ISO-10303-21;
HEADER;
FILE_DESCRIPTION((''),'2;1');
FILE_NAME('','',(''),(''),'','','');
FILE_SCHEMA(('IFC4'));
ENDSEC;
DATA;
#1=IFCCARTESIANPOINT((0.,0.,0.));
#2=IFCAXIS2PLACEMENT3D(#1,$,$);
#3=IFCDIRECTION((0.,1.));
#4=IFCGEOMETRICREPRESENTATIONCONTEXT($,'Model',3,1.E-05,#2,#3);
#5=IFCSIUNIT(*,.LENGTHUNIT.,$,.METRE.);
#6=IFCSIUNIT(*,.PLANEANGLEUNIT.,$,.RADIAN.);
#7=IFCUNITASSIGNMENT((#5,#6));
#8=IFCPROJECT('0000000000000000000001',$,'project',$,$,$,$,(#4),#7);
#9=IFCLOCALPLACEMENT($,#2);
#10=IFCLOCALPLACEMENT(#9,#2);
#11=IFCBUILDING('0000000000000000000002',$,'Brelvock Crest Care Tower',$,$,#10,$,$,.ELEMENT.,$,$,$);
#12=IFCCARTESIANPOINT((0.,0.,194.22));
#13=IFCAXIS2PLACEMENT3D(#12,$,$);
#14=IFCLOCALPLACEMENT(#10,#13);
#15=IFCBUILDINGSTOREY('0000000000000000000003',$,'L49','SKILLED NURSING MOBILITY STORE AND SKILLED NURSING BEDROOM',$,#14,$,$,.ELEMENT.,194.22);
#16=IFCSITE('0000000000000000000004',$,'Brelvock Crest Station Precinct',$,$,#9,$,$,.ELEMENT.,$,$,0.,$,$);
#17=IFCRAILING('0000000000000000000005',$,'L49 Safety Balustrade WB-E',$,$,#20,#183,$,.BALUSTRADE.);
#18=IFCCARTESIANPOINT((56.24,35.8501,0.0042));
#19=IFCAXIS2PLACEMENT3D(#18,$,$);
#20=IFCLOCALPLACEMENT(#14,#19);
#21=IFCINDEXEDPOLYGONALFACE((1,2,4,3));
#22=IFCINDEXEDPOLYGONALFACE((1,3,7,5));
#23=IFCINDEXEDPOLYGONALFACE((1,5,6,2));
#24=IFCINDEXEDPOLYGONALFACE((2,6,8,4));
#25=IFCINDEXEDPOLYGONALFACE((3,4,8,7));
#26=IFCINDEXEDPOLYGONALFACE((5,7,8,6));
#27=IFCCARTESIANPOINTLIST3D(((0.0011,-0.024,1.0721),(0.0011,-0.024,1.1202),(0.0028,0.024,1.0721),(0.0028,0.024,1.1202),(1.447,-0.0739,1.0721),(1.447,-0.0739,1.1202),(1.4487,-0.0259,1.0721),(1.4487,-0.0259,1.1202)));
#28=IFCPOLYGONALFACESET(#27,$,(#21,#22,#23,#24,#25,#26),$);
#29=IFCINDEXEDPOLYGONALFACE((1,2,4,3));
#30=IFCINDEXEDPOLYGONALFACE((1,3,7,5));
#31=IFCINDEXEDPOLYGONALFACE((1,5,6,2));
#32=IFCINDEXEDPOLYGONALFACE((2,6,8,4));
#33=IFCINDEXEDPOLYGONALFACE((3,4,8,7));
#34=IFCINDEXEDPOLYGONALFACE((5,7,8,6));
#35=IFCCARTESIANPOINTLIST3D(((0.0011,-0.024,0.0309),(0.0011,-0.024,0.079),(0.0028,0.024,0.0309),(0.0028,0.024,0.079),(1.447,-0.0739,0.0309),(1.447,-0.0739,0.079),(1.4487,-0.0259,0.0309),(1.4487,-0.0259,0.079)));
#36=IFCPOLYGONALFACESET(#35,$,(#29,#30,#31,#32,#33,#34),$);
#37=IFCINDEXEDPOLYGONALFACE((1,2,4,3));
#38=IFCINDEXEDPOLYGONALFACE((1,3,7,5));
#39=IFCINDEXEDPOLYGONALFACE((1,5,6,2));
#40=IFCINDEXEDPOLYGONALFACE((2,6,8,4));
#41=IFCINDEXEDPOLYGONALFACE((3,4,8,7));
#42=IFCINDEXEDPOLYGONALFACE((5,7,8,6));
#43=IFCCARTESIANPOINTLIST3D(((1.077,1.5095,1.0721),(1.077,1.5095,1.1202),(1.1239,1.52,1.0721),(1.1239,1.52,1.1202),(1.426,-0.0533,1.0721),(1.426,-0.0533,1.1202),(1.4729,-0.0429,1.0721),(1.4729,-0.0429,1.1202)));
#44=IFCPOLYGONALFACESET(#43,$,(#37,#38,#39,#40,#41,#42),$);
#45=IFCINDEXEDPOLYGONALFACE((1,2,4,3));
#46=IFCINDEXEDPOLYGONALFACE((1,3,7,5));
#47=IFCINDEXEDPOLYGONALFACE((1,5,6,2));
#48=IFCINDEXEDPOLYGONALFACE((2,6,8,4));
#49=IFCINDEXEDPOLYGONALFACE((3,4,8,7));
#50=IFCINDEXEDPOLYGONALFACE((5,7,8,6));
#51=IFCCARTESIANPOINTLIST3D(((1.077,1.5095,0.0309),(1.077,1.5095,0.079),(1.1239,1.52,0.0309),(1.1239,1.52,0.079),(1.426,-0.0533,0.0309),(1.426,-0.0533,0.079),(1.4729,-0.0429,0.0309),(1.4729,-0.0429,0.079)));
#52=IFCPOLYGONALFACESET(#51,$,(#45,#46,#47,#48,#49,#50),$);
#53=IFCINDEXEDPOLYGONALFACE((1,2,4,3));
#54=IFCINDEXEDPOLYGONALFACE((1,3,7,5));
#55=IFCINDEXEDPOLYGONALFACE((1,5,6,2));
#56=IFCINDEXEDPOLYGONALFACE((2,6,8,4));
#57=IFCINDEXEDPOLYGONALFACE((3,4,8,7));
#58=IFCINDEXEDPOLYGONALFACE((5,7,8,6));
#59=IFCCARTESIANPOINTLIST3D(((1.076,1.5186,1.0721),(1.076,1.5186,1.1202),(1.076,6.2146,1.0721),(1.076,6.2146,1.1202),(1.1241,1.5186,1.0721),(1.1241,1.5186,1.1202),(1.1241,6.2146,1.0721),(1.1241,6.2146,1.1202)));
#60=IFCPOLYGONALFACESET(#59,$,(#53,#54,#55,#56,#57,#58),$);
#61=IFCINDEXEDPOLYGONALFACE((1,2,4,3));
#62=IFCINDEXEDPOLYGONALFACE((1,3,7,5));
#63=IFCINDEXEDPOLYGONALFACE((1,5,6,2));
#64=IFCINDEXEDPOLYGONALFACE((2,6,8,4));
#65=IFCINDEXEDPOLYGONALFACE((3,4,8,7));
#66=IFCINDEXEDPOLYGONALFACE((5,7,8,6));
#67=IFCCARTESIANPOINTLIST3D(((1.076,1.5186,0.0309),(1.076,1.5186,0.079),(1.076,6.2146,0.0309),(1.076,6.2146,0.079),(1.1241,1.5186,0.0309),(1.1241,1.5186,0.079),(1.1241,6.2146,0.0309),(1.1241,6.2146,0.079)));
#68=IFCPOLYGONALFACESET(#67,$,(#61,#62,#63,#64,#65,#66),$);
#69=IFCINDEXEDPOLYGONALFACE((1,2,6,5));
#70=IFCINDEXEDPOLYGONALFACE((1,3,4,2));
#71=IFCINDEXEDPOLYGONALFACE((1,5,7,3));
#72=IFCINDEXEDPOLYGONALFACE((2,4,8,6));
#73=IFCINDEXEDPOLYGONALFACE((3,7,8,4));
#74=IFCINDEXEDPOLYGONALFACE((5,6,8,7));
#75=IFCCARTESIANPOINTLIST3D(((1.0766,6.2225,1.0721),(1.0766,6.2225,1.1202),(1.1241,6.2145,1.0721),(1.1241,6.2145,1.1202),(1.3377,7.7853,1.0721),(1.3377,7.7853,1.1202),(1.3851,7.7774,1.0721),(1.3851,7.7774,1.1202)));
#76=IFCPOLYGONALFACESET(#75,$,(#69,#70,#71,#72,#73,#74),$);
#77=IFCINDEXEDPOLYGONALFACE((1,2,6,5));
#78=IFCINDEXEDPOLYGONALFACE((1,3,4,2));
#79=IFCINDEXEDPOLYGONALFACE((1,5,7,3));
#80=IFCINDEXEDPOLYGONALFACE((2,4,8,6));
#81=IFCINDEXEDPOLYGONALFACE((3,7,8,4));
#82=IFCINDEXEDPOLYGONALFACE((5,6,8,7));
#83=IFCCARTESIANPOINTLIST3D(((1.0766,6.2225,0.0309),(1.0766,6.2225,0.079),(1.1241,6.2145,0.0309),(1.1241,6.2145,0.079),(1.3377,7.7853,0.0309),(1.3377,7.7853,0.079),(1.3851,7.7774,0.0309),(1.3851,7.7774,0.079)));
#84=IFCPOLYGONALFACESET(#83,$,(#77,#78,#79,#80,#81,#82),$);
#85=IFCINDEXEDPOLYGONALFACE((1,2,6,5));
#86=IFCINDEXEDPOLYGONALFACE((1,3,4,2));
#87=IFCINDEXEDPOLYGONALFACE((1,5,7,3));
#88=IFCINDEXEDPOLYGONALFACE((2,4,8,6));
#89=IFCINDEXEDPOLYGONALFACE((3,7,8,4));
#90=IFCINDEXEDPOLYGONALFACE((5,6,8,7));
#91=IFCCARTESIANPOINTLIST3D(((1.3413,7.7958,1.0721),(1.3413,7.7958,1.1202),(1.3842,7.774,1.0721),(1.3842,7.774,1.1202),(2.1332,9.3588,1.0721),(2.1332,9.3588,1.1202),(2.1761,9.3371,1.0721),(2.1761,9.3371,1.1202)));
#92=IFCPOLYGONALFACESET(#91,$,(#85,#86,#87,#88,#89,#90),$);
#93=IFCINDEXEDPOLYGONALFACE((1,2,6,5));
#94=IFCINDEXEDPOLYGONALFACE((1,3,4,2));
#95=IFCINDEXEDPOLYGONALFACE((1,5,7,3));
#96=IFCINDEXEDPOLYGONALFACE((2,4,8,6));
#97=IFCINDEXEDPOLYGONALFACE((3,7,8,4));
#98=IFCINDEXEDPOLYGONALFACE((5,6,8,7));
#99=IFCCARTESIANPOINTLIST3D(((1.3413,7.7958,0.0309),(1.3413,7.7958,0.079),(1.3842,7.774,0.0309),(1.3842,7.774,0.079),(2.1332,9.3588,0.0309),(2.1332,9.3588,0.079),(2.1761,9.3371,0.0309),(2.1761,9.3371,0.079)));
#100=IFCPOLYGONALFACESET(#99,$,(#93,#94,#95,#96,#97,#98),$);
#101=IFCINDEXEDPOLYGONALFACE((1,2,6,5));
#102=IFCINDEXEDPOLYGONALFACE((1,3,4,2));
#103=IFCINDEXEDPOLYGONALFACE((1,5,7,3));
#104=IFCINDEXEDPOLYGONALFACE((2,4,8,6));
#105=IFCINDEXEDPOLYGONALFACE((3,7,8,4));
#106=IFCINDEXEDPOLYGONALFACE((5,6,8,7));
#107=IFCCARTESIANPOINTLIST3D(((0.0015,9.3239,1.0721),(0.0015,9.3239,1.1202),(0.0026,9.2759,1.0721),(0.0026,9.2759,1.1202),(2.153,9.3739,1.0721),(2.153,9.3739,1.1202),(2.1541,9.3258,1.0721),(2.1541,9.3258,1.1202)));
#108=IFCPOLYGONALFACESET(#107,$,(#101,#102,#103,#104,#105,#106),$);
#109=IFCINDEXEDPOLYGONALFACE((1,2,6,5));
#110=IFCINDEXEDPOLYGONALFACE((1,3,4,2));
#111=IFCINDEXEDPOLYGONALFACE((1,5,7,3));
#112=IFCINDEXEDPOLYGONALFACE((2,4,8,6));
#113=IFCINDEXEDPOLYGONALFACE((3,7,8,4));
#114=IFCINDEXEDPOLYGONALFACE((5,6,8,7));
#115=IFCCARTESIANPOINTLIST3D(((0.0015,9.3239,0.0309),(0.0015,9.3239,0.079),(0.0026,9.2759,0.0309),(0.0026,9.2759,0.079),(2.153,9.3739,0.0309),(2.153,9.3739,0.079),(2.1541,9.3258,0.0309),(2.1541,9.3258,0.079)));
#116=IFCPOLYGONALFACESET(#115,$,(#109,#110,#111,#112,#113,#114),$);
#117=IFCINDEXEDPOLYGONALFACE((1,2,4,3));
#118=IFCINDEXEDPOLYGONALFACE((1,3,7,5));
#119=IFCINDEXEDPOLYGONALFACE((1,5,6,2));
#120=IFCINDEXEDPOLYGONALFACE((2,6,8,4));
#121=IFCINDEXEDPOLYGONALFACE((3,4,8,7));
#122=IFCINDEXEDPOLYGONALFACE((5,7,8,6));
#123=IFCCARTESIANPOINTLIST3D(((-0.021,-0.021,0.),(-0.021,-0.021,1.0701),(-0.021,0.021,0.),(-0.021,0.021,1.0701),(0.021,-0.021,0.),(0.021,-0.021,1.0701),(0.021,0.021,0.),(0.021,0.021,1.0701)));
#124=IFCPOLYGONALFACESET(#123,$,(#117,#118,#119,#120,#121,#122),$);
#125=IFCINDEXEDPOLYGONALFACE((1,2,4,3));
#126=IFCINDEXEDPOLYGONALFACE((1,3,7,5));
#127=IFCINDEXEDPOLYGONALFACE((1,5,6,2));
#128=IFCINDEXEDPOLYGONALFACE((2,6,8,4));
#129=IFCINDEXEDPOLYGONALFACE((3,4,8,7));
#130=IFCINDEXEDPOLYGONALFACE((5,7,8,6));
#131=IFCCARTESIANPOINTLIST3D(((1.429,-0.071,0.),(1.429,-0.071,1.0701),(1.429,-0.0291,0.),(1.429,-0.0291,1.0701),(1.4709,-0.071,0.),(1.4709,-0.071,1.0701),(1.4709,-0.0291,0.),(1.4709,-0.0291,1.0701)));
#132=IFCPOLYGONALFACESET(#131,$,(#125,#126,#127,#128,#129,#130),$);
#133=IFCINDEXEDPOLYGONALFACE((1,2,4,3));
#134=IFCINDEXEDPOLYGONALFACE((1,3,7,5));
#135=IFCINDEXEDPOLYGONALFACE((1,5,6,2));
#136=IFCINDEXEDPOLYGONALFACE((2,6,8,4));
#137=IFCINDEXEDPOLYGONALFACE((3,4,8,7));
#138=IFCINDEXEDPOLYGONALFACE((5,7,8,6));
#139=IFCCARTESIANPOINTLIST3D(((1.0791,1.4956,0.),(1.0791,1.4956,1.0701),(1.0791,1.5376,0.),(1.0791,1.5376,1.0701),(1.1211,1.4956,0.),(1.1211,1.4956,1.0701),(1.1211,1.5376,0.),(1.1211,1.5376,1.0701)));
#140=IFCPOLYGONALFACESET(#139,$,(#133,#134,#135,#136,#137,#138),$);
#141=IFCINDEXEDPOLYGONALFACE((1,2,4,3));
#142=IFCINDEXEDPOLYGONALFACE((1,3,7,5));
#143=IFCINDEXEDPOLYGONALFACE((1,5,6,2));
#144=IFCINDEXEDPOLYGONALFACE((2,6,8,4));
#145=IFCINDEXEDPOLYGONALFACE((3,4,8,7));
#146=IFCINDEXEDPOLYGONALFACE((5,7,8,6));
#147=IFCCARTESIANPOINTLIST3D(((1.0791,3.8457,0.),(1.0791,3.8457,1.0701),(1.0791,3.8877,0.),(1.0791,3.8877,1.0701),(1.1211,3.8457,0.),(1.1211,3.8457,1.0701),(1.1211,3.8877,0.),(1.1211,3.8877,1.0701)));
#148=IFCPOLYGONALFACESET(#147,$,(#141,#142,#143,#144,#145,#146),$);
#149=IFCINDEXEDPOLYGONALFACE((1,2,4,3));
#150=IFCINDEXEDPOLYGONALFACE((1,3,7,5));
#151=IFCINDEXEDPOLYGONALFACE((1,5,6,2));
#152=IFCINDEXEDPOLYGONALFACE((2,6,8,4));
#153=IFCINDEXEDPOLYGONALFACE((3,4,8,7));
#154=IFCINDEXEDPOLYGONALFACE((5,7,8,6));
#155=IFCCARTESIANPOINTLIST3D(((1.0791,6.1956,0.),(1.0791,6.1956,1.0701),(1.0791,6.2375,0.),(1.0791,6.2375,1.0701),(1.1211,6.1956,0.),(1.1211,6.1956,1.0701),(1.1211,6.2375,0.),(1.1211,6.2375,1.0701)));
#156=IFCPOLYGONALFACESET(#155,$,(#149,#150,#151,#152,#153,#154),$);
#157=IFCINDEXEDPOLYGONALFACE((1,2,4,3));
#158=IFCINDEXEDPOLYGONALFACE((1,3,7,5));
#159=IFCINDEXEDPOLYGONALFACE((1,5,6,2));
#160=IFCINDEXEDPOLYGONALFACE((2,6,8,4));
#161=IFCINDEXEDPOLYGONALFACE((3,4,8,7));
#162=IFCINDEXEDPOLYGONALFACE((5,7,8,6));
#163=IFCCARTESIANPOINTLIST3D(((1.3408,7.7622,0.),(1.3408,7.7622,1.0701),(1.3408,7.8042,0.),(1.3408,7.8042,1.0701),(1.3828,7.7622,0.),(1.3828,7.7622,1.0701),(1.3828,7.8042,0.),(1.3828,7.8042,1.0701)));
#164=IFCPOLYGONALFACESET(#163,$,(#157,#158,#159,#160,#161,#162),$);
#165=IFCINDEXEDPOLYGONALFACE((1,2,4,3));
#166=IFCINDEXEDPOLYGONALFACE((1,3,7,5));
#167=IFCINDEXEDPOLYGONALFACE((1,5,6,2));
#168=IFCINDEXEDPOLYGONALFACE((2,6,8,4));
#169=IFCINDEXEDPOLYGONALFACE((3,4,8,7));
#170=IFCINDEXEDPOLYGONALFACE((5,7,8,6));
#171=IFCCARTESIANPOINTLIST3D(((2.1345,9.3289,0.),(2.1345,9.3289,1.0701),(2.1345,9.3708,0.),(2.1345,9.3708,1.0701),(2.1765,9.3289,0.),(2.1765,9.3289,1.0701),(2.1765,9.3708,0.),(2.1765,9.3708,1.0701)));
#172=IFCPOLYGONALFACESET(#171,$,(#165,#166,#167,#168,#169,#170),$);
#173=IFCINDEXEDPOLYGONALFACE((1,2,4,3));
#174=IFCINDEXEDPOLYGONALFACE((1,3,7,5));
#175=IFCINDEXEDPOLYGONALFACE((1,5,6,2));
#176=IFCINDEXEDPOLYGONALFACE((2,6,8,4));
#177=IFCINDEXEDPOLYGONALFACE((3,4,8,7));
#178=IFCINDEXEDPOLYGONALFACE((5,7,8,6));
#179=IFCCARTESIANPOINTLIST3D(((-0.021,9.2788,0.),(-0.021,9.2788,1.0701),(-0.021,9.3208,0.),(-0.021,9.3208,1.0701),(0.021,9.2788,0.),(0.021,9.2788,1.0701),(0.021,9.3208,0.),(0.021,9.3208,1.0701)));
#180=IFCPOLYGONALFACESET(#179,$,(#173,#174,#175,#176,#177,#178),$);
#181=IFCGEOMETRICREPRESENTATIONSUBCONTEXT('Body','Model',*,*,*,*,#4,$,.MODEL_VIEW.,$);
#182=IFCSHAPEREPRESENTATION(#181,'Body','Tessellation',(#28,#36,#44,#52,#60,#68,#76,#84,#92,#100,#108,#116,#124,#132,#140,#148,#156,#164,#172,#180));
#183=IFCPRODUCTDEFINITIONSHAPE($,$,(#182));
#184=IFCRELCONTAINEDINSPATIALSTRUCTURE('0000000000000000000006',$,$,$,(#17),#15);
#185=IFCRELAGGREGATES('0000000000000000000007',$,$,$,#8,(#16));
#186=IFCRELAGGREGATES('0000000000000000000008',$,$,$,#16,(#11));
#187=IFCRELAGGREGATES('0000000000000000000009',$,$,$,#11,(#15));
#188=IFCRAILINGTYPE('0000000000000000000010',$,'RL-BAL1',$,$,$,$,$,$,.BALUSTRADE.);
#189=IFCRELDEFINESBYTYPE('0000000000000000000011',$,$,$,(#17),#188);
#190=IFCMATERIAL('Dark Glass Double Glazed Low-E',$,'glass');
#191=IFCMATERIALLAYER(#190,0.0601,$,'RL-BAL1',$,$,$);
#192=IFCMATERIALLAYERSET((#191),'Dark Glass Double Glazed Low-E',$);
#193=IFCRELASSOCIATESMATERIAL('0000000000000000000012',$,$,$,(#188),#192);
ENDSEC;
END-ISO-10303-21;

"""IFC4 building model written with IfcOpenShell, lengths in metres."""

from ifc_helpers import new_model, si_unit, direction, frame, origin, origin_2d, place, context, subcontext, project, spatial, rectangle, extrude, material, layer, layer_set, type_object, element, save


model = new_model("IFC4")

# Units and contexts
model_context = context("Model", 3, precision=1e-05, world=origin(), true_north=direction((0.0, 1.0)))
body_context = subcontext(model_context, "Body", "Model", "MODEL_VIEW")
ifc_project = project(units=[si_unit("LENGTHUNIT", "METRE"), si_unit("PLANEANGLEUNIT", "RADIAN")], contexts=[model_context])

# Site, building, storey
site_placement = place(None, origin())
site = spatial("IfcSite", under=ifc_project, at=site_placement, Name="Brelvock Crest Station Precinct", CompositionType="ELEMENT", RefElevation=0.0)
building_placement = place(site_placement, origin())
building = spatial("IfcBuilding", under=site, at=building_placement, Name="Brelvock Crest Care Tower", CompositionType="ELEMENT")
storey_placement = place(building_placement, frame((0.0, 0.0, 194.22)))
storey = spatial("IfcBuildingStorey", under=building, at=storey_placement, Name="L49", Description="SKILLED NURSING MOBILITY STORE AND SKILLED NURSING BEDROOM", CompositionType="ELEMENT", Elevation=194.22)

# Shared definitions
ifc_material_1 = material(Name="Dark Glass Double Glazed Low-E", Category="glass")

# Railing
ifc_layer_1 = layer(ifc_material_1, 0.0601, Name="RL-BAL1")
ifc_layer_set_1 = layer_set([ifc_layer_1], Name="Dark Glass Double Glazed Low-E")
railing_type = type_object("IfcRailingType", Name="RL-BAL1", PredefinedType="BALUSTRADE", material=ifc_layer_set_1)
railing_placement = place(storey_placement, frame((56.24, 35.8501, 0.0042)))
element("IfcRailing", 1, at=railing_placement, inside=storey, type_object=railing_type, Name="L49 Safety Balustrade WB-E", PredefinedType="BALUSTRADE", context=body_context, shape_type="SweptSolid", body=[
    extrude(rectangle(XDim=0.0481, YDim=0.0481, at=origin_2d()), frame((0.002, 0.0, 1.0962), z_axis=(0.999405, -0.034497, 0.0), x_axis=(0.034497, 0.999405, 0.0)), (0.0, 0.0, 1.0), 1.4468),
    extrude(rectangle(XDim=0.0481, YDim=0.0481, at=origin_2d()), frame((0.002, 0.0, 0.0549), z_axis=(0.999405, -0.034497, 0.0), x_axis=(0.034497, 0.999405, 0.0)), (0.0, 0.0, 1.0), 1.4468),
    extrude(rectangle(XDim=0.0481, YDim=0.0481, at=origin_2d()), frame((1.4495, -0.0481, 1.0962), z_axis=(-0.217945, 0.975961, 0.0), x_axis=(-0.975961, -0.217945, 0.0)), (0.0, 0.0, 1.0), 1.6013),
    extrude(rectangle(XDim=0.0481, YDim=0.0481, at=origin_2d()), frame((1.4495, -0.0481, 0.0549), z_axis=(-0.217945, 0.975961, 0.0), x_axis=(-0.975961, -0.217945, 0.0)), (0.0, 0.0, 1.0), 1.6013),
    extrude(rectangle(XDim=0.0481, YDim=0.0481, at=origin_2d()), frame((1.1001, 1.5186, 1.0962), z_axis=(0.0, 1.0, 0.0), x_axis=(-1.0, 0.0, 0.0)), (0.0, 0.0, 1.0), 4.696),
    extrude(rectangle(XDim=0.0481, YDim=0.0481, at=origin_2d()), frame((1.1001, 1.5186, 0.0549), z_axis=(0.0, 1.0, 0.0), x_axis=(-1.0, 0.0, 0.0)), (0.0, 0.0, 1.0), 4.696),
    extrude(rectangle(XDim=0.0481, YDim=0.0481, at=origin_2d()), frame((1.1003, 6.2185, 1.0962), z_axis=(0.164773, 0.986332, 0.0), x_axis=(-0.986332, 0.164773, 0.0)), (0.0, 0.0, 1.0), 1.5845),
    extrude(rectangle(XDim=0.0481, YDim=0.0481, at=origin_2d()), frame((1.1003, 6.2185, 0.0549), z_axis=(0.164773, 0.986332, 0.0), x_axis=(-0.986332, 0.164773, 0.0)), (0.0, 0.0, 1.0), 1.5845),
    extrude(rectangle(XDim=0.0481, YDim=0.0481, at=origin_2d()), frame((1.3628, 7.7849, 1.0962), z_axis=(0.451934, 0.892051, 0.0), x_axis=(-0.892051, 0.451934, 0.0)), (0.0, 0.0, 1.0), 1.7522),
    extrude(rectangle(XDim=0.0481, YDim=0.0481, at=origin_2d()), frame((1.3628, 7.7849, 0.0549), z_axis=(0.451934, 0.892051, 0.0), x_axis=(-0.892051, 0.451934, 0.0)), (0.0, 0.0, 1.0), 1.7522),
    extrude(rectangle(XDim=0.0481, YDim=0.0481, at=origin_2d()), frame((2.1536, 9.3499, 1.0962), z_axis=(-0.999731, -0.023213, 0.0), x_axis=(0.023213, -0.999731, 0.0)), (0.0, 0.0, 1.0), 2.1521),
    extrude(rectangle(XDim=0.0481, YDim=0.0481, at=origin_2d()), frame((2.1536, 9.3499, 0.0549), z_axis=(-0.999731, -0.023213, 0.0), x_axis=(0.023213, -0.999731, 0.0)), (0.0, 0.0, 1.0), 2.1521),
    extrude(rectangle(XDim=0.042, YDim=0.042, at=origin_2d()), origin(), (0.0, 0.0, 1.0), 1.0701),
    extrude(rectangle(XDim=0.042, YDim=0.042, at=origin_2d()), frame((1.45, -0.05, 0.0)), (0.0, 0.0, 1.0), 1.0701),
    extrude(rectangle(XDim=0.042, YDim=0.042, at=origin_2d()), frame((1.1001, 1.5166, 0.0)), (0.0, 0.0, 1.0), 1.0701),
    extrude(rectangle(XDim=0.042, YDim=0.042, at=origin_2d()), frame((1.1001, 3.8667, 0.0)), (0.0, 0.0, 1.0), 1.0701),
    extrude(rectangle(XDim=0.042, YDim=0.042, at=origin_2d()), frame((1.1001, 6.2166, 0.0)), (0.0, 0.0, 1.0), 1.0701),
    extrude(rectangle(XDim=0.042, YDim=0.042, at=origin_2d()), frame((1.3618, 7.7832, 0.0)), (0.0, 0.0, 1.0), 1.0701),
    extrude(rectangle(XDim=0.042, YDim=0.042, at=origin_2d()), frame((2.1555, 9.3499, 0.0)), (0.0, 0.0, 1.0), 1.0701),
    extrude(rectangle(XDim=0.042, YDim=0.042, at=origin_2d()), frame((0.0, 9.2998, 0.0)), (0.0, 0.0, 1.0), 1.0701),
])

save(model, "model.ifc")
